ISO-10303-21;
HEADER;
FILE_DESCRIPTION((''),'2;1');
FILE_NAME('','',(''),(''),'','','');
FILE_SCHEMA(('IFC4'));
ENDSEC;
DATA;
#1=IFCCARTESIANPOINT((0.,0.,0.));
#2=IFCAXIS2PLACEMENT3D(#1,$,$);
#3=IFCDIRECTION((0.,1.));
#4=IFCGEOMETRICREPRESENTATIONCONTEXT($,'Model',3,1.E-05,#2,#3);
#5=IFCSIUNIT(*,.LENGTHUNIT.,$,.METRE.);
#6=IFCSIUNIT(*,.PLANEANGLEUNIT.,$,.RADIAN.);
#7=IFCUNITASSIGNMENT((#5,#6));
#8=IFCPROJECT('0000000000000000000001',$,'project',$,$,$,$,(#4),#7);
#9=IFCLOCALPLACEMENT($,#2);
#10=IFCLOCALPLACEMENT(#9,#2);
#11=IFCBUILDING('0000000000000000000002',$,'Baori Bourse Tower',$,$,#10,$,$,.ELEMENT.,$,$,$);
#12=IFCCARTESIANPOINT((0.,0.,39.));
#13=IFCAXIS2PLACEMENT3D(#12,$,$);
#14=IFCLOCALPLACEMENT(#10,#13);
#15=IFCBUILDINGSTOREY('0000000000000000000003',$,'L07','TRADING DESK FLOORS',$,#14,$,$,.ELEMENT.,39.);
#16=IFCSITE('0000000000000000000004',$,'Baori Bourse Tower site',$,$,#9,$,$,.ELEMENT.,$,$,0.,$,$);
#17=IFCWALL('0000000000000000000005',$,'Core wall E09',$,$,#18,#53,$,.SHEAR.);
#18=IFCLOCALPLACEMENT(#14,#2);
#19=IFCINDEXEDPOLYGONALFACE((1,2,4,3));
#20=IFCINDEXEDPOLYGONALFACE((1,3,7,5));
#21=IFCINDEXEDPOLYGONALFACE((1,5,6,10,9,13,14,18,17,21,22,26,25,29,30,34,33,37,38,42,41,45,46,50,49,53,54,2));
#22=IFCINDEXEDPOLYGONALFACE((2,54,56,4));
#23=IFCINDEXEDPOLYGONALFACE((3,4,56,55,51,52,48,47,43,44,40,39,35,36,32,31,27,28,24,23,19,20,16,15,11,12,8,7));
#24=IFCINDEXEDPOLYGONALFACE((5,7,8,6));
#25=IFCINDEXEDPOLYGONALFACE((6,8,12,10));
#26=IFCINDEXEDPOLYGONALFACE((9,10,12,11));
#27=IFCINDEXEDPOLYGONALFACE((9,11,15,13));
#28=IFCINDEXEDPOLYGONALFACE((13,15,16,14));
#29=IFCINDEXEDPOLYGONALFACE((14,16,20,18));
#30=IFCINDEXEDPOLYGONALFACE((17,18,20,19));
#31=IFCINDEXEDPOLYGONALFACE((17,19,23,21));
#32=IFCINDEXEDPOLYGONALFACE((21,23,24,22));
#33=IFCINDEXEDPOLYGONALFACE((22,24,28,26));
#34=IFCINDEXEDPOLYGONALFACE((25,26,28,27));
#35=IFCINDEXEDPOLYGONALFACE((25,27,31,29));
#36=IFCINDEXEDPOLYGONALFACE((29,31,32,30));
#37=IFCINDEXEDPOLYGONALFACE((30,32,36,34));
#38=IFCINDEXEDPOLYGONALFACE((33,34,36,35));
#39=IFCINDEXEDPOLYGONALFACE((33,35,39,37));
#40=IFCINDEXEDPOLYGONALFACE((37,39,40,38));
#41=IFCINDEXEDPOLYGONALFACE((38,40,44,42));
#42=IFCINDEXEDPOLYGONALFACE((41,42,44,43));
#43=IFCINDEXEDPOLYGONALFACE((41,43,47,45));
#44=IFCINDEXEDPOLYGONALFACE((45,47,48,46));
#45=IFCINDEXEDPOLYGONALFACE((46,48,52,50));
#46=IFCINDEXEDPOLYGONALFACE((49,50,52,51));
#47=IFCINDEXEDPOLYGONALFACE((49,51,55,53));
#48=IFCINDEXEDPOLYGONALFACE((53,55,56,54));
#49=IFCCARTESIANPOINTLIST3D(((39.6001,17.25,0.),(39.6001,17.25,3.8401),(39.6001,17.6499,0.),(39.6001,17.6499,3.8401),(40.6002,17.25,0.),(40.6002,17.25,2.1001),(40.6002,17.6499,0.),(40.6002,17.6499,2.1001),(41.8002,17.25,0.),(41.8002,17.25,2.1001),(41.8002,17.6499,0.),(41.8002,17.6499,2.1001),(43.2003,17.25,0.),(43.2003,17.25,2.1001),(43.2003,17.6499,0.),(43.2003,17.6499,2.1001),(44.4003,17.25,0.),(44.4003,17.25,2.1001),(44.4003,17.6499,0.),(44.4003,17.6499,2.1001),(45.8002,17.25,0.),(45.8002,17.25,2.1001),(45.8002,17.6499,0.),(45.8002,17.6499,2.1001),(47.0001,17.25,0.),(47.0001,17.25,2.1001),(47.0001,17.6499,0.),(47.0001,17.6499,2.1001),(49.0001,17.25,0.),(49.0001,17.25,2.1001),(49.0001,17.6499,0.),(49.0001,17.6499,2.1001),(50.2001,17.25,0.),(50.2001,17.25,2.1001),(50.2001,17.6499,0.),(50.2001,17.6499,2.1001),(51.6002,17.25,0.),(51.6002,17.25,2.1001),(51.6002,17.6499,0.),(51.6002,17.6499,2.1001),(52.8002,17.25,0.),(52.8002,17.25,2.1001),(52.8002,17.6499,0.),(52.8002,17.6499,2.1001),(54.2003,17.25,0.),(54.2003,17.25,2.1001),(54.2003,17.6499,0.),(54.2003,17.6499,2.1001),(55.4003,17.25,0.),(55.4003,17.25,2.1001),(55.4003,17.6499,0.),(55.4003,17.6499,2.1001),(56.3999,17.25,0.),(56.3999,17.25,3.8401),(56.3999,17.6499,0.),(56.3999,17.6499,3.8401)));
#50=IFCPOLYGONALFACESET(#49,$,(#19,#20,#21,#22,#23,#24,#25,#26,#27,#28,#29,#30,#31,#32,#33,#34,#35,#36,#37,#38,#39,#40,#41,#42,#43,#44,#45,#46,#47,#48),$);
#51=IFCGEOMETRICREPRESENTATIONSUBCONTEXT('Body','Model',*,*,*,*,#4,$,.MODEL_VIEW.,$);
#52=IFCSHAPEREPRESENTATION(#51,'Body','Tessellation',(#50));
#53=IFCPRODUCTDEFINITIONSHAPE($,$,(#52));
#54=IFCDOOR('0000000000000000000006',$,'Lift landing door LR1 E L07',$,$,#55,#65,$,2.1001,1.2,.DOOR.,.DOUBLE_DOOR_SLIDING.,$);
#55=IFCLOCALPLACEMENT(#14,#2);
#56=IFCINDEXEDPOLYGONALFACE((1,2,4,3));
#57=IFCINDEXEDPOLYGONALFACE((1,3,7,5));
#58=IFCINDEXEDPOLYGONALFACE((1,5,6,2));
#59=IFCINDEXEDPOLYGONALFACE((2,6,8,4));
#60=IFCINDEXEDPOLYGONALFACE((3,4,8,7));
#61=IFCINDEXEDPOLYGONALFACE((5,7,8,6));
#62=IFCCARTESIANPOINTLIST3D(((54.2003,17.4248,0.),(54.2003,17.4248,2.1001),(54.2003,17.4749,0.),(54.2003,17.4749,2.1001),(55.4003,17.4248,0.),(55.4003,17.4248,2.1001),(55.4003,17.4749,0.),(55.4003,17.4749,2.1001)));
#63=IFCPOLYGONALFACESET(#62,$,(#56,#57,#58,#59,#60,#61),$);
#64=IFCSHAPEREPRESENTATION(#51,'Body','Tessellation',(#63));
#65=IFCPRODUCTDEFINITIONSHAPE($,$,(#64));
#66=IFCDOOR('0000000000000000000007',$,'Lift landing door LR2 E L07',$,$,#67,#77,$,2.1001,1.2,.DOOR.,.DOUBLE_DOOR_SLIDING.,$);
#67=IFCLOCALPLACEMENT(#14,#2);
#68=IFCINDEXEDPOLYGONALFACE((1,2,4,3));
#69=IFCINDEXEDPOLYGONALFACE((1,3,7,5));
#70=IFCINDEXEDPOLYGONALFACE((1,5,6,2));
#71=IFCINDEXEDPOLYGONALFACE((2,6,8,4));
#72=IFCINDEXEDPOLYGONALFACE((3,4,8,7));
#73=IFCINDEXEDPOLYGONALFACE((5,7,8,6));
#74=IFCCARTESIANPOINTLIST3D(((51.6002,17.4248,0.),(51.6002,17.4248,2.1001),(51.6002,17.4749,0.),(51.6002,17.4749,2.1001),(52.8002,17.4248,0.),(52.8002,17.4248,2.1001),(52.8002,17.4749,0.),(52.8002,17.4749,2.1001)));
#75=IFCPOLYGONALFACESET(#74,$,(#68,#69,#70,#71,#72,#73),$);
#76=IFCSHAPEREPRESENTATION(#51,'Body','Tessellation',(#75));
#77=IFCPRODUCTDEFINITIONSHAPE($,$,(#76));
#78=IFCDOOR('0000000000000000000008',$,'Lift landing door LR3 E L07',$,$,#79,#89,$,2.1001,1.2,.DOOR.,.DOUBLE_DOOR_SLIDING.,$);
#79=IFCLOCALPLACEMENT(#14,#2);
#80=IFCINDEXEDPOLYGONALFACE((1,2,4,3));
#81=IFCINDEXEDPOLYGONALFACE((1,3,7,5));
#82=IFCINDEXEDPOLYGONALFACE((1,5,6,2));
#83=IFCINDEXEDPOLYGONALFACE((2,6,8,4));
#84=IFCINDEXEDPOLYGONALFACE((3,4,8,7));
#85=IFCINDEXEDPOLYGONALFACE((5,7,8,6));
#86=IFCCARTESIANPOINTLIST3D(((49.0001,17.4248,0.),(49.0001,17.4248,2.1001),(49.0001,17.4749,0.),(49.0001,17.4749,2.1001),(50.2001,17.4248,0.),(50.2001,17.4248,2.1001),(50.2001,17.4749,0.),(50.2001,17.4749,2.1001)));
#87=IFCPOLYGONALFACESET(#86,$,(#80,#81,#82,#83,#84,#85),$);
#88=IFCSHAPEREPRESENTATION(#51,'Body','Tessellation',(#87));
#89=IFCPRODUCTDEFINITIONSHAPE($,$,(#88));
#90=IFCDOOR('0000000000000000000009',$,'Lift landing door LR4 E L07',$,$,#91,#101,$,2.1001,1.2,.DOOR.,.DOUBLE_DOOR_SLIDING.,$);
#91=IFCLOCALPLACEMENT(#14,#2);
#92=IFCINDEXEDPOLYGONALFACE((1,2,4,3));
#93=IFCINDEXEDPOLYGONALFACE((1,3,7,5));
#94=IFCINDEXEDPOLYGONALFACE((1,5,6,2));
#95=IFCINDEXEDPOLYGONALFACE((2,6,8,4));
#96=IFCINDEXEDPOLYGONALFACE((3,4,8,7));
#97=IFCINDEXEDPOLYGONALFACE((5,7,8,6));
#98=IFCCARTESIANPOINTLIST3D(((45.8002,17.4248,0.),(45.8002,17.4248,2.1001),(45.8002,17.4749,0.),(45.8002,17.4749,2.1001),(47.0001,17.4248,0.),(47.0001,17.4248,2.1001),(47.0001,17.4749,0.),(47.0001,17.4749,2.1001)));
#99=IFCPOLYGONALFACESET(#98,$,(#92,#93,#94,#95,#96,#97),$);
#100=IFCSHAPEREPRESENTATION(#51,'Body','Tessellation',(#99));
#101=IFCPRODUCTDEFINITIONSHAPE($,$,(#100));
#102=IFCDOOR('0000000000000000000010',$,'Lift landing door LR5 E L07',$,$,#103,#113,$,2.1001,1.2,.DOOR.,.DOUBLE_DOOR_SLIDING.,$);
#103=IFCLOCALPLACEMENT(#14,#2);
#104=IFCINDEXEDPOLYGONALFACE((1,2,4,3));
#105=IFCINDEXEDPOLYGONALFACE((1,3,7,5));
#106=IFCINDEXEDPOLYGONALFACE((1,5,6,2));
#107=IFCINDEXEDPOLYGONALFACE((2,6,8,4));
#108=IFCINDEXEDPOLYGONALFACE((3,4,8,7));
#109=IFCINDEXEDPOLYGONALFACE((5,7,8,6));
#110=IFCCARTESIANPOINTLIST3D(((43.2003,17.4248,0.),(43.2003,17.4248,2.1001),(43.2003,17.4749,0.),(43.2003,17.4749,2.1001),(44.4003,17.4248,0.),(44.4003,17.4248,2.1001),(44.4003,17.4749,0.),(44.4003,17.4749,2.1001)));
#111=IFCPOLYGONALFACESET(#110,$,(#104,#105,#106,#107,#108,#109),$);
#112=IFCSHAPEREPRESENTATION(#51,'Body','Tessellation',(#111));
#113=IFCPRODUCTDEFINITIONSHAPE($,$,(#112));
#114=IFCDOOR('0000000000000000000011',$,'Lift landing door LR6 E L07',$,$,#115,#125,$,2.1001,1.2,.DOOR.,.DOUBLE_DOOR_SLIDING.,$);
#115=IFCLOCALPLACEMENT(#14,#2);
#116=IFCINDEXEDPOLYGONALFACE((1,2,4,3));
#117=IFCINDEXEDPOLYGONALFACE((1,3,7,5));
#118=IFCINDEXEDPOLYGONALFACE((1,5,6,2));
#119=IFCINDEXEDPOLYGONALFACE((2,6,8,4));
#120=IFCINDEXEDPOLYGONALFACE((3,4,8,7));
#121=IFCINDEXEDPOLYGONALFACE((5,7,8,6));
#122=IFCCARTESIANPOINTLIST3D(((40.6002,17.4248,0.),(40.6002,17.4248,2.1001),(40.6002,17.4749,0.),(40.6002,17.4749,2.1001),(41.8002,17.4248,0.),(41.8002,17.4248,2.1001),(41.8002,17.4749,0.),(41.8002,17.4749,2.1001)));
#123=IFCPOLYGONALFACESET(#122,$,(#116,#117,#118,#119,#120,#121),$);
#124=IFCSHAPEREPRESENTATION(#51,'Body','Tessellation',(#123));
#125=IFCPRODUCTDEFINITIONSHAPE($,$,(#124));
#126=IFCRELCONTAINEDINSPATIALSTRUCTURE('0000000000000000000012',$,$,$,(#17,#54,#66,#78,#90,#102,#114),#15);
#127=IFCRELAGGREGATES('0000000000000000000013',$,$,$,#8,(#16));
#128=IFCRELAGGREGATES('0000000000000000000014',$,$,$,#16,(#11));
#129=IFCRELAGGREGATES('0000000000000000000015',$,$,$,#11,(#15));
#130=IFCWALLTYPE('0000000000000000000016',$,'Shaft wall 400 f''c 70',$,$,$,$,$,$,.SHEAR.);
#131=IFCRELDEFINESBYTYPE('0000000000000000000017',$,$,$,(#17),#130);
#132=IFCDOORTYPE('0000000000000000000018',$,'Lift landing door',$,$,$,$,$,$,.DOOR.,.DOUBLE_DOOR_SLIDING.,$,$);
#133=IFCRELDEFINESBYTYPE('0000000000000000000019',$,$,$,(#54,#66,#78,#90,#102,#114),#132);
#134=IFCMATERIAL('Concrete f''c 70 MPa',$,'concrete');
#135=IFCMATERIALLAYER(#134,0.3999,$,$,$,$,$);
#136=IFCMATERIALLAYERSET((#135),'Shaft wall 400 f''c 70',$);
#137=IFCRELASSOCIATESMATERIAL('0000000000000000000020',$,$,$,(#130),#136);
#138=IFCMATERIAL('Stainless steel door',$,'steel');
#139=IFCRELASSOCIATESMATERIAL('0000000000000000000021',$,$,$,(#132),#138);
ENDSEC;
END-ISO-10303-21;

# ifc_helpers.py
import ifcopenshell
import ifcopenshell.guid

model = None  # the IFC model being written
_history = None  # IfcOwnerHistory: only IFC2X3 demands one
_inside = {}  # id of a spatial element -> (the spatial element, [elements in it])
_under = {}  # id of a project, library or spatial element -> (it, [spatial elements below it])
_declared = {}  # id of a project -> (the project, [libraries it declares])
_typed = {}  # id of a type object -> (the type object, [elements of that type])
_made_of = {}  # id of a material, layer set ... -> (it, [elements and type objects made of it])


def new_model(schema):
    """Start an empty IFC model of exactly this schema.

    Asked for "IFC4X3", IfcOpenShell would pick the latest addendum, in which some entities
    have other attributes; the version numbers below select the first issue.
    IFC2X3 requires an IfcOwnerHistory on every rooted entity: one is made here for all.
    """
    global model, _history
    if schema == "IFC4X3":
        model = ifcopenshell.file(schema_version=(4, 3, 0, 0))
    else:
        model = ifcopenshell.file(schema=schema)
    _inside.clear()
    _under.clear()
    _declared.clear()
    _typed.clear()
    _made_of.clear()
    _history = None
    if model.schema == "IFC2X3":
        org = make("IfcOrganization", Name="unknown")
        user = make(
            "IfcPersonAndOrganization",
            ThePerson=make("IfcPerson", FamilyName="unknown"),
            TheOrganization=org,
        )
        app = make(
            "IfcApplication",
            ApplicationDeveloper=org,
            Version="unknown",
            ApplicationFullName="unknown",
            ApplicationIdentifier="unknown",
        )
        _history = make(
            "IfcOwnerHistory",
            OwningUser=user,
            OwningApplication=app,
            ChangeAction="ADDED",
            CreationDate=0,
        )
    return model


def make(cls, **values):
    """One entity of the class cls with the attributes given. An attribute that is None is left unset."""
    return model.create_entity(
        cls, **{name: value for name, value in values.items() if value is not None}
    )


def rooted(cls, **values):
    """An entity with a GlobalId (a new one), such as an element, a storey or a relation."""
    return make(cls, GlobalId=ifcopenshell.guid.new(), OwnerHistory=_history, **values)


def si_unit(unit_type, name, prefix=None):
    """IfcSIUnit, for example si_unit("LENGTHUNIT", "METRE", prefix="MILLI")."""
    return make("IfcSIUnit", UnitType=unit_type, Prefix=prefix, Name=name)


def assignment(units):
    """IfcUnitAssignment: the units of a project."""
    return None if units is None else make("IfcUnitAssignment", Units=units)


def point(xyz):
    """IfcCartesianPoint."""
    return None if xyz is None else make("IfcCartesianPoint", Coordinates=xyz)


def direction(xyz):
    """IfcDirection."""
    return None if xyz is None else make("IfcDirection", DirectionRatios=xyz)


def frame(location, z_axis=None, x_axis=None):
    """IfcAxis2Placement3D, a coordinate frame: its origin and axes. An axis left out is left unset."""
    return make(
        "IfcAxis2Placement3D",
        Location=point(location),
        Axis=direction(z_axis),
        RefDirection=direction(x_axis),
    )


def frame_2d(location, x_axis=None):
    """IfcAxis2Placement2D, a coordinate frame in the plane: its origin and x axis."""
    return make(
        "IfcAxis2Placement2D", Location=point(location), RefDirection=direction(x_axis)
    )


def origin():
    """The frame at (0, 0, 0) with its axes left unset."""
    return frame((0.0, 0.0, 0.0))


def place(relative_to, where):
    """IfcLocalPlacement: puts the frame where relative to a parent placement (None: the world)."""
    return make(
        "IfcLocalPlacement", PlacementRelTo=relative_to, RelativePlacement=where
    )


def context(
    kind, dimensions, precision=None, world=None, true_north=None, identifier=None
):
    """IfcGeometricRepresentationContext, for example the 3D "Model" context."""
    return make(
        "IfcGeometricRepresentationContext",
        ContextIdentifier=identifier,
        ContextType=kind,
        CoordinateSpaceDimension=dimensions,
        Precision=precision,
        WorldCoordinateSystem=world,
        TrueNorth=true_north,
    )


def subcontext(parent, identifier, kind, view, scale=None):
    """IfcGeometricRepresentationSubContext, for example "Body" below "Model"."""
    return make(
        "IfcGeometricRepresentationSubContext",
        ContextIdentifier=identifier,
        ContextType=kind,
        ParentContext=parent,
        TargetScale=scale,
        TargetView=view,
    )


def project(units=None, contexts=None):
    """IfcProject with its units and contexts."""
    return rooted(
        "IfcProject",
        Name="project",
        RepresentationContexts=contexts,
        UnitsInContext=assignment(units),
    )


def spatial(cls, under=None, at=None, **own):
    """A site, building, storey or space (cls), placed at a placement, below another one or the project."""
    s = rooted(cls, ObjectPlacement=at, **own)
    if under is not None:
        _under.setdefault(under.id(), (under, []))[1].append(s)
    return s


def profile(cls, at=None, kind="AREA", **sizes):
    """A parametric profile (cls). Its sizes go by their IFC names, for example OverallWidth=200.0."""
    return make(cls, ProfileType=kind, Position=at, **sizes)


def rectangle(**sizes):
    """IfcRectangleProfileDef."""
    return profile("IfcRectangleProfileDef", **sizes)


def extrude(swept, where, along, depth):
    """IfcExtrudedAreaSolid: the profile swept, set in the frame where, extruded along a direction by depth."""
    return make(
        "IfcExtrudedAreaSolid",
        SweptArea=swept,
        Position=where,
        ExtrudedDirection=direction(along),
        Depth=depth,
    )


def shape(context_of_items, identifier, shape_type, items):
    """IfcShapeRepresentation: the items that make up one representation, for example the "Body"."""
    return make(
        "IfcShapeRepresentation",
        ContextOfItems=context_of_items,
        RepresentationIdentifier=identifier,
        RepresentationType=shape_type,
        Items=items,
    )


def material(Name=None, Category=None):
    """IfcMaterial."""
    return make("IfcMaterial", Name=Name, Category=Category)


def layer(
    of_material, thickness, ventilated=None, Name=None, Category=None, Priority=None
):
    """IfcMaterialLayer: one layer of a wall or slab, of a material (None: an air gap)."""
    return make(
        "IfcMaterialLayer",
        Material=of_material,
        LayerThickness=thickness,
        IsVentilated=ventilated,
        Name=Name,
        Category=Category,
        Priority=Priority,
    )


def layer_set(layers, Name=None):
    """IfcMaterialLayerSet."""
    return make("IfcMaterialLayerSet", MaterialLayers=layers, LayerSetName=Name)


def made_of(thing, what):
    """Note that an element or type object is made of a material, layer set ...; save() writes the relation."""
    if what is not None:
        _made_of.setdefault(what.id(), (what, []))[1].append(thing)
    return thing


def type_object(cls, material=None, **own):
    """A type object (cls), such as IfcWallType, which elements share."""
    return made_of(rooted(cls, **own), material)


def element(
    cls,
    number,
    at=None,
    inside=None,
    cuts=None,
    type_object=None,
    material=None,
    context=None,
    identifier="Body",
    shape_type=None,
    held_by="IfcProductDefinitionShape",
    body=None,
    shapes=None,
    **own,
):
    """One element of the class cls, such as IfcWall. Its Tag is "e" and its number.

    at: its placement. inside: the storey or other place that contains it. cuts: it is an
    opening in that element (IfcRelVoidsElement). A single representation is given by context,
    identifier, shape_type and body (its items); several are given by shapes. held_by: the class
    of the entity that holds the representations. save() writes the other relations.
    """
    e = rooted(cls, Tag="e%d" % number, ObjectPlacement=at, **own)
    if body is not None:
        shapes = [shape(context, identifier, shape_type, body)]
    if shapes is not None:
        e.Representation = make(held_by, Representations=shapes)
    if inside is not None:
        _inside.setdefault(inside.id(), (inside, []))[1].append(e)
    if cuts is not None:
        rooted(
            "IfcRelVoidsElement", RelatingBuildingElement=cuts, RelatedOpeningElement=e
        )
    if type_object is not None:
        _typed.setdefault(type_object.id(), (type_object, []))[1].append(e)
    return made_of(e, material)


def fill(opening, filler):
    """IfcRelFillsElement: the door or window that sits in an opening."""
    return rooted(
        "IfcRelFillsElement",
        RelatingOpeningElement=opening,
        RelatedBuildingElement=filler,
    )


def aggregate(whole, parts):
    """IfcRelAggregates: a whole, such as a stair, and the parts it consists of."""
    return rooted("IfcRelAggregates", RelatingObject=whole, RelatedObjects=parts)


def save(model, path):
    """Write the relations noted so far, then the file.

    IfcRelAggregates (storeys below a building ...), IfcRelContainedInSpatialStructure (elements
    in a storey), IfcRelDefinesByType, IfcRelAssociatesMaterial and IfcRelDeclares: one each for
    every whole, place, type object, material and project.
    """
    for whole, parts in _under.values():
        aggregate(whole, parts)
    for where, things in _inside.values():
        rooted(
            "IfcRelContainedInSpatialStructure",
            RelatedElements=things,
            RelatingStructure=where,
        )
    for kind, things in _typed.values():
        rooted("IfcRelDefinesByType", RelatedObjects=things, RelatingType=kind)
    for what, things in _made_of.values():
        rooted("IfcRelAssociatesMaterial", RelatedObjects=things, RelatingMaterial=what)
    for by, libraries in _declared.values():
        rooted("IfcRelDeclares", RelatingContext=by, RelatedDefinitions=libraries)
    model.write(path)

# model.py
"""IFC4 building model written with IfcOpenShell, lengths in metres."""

from ifc_helpers import new_model, si_unit, direction, frame, frame_2d, origin, place, context, subcontext, project, spatial, rectangle, extrude, material, layer, layer_set, type_object, element, fill, save


model = new_model("IFC4")

# Units and contexts
model_context = context("Model", 3, precision=1e-05, world=origin(), true_north=direction((0.0, 1.0)))
body_context = subcontext(model_context, "Body", "Model", "MODEL_VIEW")
ifc_project = project(units=[si_unit("LENGTHUNIT", "METRE"), si_unit("PLANEANGLEUNIT", "RADIAN")], contexts=[model_context])

# Site, building, storey
site_placement = place(None, origin())
site = spatial("IfcSite", under=ifc_project, at=site_placement, Name="Baori Bourse Tower site", CompositionType="ELEMENT", RefElevation=0.0)
building_placement = place(site_placement, origin())
building = spatial("IfcBuilding", under=site, at=building_placement, Name="Baori Bourse Tower", CompositionType="ELEMENT")
storey_placement = place(building_placement, frame((0.0, 0.0, 39.0)))
storey = spatial("IfcBuildingStorey", under=building, at=storey_placement, Name="L07", Description="TRADING DESK FLOORS", CompositionType="ELEMENT", Elevation=39.0)

# Shared definitions
ifc_material_1 = material(Name="Concrete f'c 70 MPa", Category="concrete")
ifc_layer_1 = layer(ifc_material_1, 0.3999)
ifc_layer_set_1 = layer_set([ifc_layer_1], Name="Shaft wall 400 f'c 70")
wall_type_1 = type_object("IfcWallType", Name="Shaft wall 400 f'c 70", PredefinedType="SHEAR", material=ifc_layer_set_1)

# Wall, openings, doors
wall_1_placement = place(storey_placement, frame((39.6001, 17.45, 0.0), z_axis=(0.0, 0.0, 1.0), x_axis=(1.0, 0.0, 0.0)))
wall_1 = element("IfcWall", 1, at=wall_1_placement, inside=storey, type_object=wall_type_1, Name="Core wall E09", PredefinedType="SHEAR", context=body_context, shape_type="SweptSolid", body=[
    extrude(rectangle(XDim=16.7998, YDim=0.3999, at=frame_2d((8.3999, 0.0))), origin(), (0.0, 0.0, 1.0), 3.8401),
])
opening_1_placement = place(wall_1_placement, frame((14.6001, 0.0, 0.0)))
opening_1 = element("IfcOpeningElement", 2, at=opening_1_placement, cuts=wall_1, PredefinedType="OPENING", context=body_context, shape_type="SweptSolid", body=[
    extrude(rectangle(XDim=1.2, YDim=2.1001, at=frame_2d((0.6001, 1.05))), frame((0.0, 0.21, 0.0), z_axis=(0.0, -1.0, 0.0), x_axis=(1.0, 0.0, 0.0)), (0.0, 0.0, 1.0), 0.4199),
])
opening_2_placement = place(wall_1_placement, frame((12.0, 0.0, 0.0)))
opening_2 = element("IfcOpeningElement", 3, at=opening_2_placement, cuts=wall_1, PredefinedType="OPENING", context=body_context, shape_type="SweptSolid", body=[
    extrude(rectangle(XDim=1.2, YDim=2.1001, at=frame_2d((0.6001, 1.05))), frame((0.0, 0.21, 0.0), z_axis=(0.0, -1.0, 0.0), x_axis=(1.0, 0.0, 0.0)), (0.0, 0.0, 1.0), 0.4199),
])
opening_3_placement = place(wall_1_placement, frame((9.3999, 0.0, 0.0)))
opening_3 = element("IfcOpeningElement", 4, at=opening_3_placement, cuts=wall_1, PredefinedType="OPENING", context=body_context, shape_type="SweptSolid", body=[
    extrude(rectangle(XDim=1.2, YDim=2.1001, at=frame_2d((0.6001, 1.05))), frame((0.0, 0.21, 0.0), z_axis=(0.0, -1.0, 0.0), x_axis=(1.0, 0.0, 0.0)), (0.0, 0.0, 1.0), 0.4199),
])
opening_4_placement = place(wall_1_placement, frame((6.2, 0.0, 0.0)))
opening_4 = element("IfcOpeningElement", 5, at=opening_4_placement, cuts=wall_1, PredefinedType="OPENING", context=body_context, shape_type="SweptSolid", body=[
    extrude(rectangle(XDim=1.2, YDim=2.1001, at=frame_2d((0.6001, 1.05))), frame((0.0, 0.21, 0.0), z_axis=(0.0, -1.0, 0.0), x_axis=(1.0, 0.0, 0.0)), (0.0, 0.0, 1.0), 0.4199),
])
opening_5_placement = place(wall_1_placement, frame((3.6001, 0.0, 0.0)))
opening_5 = element("IfcOpeningElement", 6, at=opening_5_placement, cuts=wall_1, PredefinedType="OPENING", context=body_context, shape_type="SweptSolid", body=[
    extrude(rectangle(XDim=1.2, YDim=2.1001, at=frame_2d((0.6001, 1.05))), frame((0.0, 0.21, 0.0), z_axis=(0.0, -1.0, 0.0), x_axis=(1.0, 0.0, 0.0)), (0.0, 0.0, 1.0), 0.4199),
])
opening_6_placement = place(wall_1_placement, frame((1.0, 0.0, 0.0)))
opening_6 = element("IfcOpeningElement", 7, at=opening_6_placement, cuts=wall_1, PredefinedType="OPENING", context=body_context, shape_type="SweptSolid", body=[
    extrude(rectangle(XDim=1.2, YDim=2.1001, at=frame_2d((0.6001, 1.05))), frame((0.0, 0.21, 0.0), z_axis=(0.0, -1.0, 0.0), x_axis=(1.0, 0.0, 0.0)), (0.0, 0.0, 1.0), 0.4199),
])
ifc_material_2 = material(Name="Stainless steel door", Category="steel")
door_type_1 = type_object("IfcDoorType", Name="Lift landing door", OperationType="DOUBLE_DOOR_SLIDING", PredefinedType="DOOR", material=ifc_material_2)
door_1_placement = place(opening_1_placement, origin())
door_1 = element("IfcDoor", 8, at=door_1_placement, inside=storey, type_object=door_type_1, Name="Lift landing door LR1 E L07", OperationType="DOUBLE_DOOR_SLIDING", OverallHeight=2.1001, OverallWidth=1.2, PredefinedType="DOOR", context=body_context, shape_type="SweptSolid", body=[
    extrude(rectangle(XDim=1.2, YDim=2.1001, at=frame_2d((0.6001, 1.05))), frame((0.0, 0.0249, 0.0), z_axis=(0.0, -1.0, 0.0), x_axis=(1.0, 0.0, 0.0)), (0.0, 0.0, 1.0), 0.05),
])
fill(opening_1, door_1)
door_2_placement = place(opening_2_placement, origin())
door_2 = element("IfcDoor", 9, at=door_2_placement, inside=storey, type_object=door_type_1, Name="Lift landing door LR2 E L07", OperationType="DOUBLE_DOOR_SLIDING", OverallHeight=2.1001, OverallWidth=1.2, PredefinedType="DOOR", context=body_context, shape_type="SweptSolid", body=[
    extrude(rectangle(XDim=1.2, YDim=2.1001, at=frame_2d((0.6001, 1.05))), frame((0.0, 0.0249, 0.0), z_axis=(0.0, -1.0, 0.0), x_axis=(1.0, 0.0, 0.0)), (0.0, 0.0, 1.0), 0.05),
])
fill(opening_2, door_2)
door_3_placement = place(opening_3_placement, origin())
door_3 = element("IfcDoor", 10, at=door_3_placement, inside=storey, type_object=door_type_1, Name="Lift landing door LR3 E L07", OperationType="DOUBLE_DOOR_SLIDING", OverallHeight=2.1001, OverallWidth=1.2, PredefinedType="DOOR", context=body_context, shape_type="SweptSolid", body=[
    extrude(rectangle(XDim=1.2, YDim=2.1001, at=frame_2d((0.6001, 1.05))), frame((0.0, 0.0249, 0.0), z_axis=(0.0, -1.0, 0.0), x_axis=(1.0, 0.0, 0.0)), (0.0, 0.0, 1.0), 0.05),
])
fill(opening_3, door_3)
door_4_placement = place(opening_4_placement, origin())
door_4 = element("IfcDoor", 11, at=door_4_placement, inside=storey, type_object=door_type_1, Name="Lift landing door LR4 E L07", OperationType="DOUBLE_DOOR_SLIDING", OverallHeight=2.1001, OverallWidth=1.2, PredefinedType="DOOR", context=body_context, shape_type="SweptSolid", body=[
    extrude(rectangle(XDim=1.2, YDim=2.1001, at=frame_2d((0.6001, 1.05))), frame((0.0, 0.0249, 0.0), z_axis=(0.0, -1.0, 0.0), x_axis=(1.0, 0.0, 0.0)), (0.0, 0.0, 1.0), 0.05),
])
fill(opening_4, door_4)
door_5_placement = place(opening_5_placement, origin())
door_5 = element("IfcDoor", 12, at=door_5_placement, inside=storey, type_object=door_type_1, Name="Lift landing door LR5 E L07", OperationType="DOUBLE_DOOR_SLIDING", OverallHeight=2.1001, OverallWidth=1.2, PredefinedType="DOOR", context=body_context, shape_type="SweptSolid", body=[
    extrude(rectangle(XDim=1.2, YDim=2.1001, at=frame_2d((0.6001, 1.05))), frame((0.0, 0.0249, 0.0), z_axis=(0.0, -1.0, 0.0), x_axis=(1.0, 0.0, 0.0)), (0.0, 0.0, 1.0), 0.05),
])
fill(opening_5, door_5)
door_6_placement = place(opening_6_placement, origin())
door_6 = element("IfcDoor", 13, at=door_6_placement, inside=storey, type_object=door_type_1, Name="Lift landing door LR6 E L07", OperationType="DOUBLE_DOOR_SLIDING", OverallHeight=2.1001, OverallWidth=1.2, PredefinedType="DOOR", context=body_context, shape_type="SweptSolid", body=[
    extrude(rectangle(XDim=1.2, YDim=2.1001, at=frame_2d((0.6001, 1.05))), frame((0.0, 0.0249, 0.0), z_axis=(0.0, -1.0, 0.0), x_axis=(1.0, 0.0, 0.0)), (0.0, 0.0, 1.0), 0.05),
])
fill(opening_6, door_6)

save(model, "model.ifc")
